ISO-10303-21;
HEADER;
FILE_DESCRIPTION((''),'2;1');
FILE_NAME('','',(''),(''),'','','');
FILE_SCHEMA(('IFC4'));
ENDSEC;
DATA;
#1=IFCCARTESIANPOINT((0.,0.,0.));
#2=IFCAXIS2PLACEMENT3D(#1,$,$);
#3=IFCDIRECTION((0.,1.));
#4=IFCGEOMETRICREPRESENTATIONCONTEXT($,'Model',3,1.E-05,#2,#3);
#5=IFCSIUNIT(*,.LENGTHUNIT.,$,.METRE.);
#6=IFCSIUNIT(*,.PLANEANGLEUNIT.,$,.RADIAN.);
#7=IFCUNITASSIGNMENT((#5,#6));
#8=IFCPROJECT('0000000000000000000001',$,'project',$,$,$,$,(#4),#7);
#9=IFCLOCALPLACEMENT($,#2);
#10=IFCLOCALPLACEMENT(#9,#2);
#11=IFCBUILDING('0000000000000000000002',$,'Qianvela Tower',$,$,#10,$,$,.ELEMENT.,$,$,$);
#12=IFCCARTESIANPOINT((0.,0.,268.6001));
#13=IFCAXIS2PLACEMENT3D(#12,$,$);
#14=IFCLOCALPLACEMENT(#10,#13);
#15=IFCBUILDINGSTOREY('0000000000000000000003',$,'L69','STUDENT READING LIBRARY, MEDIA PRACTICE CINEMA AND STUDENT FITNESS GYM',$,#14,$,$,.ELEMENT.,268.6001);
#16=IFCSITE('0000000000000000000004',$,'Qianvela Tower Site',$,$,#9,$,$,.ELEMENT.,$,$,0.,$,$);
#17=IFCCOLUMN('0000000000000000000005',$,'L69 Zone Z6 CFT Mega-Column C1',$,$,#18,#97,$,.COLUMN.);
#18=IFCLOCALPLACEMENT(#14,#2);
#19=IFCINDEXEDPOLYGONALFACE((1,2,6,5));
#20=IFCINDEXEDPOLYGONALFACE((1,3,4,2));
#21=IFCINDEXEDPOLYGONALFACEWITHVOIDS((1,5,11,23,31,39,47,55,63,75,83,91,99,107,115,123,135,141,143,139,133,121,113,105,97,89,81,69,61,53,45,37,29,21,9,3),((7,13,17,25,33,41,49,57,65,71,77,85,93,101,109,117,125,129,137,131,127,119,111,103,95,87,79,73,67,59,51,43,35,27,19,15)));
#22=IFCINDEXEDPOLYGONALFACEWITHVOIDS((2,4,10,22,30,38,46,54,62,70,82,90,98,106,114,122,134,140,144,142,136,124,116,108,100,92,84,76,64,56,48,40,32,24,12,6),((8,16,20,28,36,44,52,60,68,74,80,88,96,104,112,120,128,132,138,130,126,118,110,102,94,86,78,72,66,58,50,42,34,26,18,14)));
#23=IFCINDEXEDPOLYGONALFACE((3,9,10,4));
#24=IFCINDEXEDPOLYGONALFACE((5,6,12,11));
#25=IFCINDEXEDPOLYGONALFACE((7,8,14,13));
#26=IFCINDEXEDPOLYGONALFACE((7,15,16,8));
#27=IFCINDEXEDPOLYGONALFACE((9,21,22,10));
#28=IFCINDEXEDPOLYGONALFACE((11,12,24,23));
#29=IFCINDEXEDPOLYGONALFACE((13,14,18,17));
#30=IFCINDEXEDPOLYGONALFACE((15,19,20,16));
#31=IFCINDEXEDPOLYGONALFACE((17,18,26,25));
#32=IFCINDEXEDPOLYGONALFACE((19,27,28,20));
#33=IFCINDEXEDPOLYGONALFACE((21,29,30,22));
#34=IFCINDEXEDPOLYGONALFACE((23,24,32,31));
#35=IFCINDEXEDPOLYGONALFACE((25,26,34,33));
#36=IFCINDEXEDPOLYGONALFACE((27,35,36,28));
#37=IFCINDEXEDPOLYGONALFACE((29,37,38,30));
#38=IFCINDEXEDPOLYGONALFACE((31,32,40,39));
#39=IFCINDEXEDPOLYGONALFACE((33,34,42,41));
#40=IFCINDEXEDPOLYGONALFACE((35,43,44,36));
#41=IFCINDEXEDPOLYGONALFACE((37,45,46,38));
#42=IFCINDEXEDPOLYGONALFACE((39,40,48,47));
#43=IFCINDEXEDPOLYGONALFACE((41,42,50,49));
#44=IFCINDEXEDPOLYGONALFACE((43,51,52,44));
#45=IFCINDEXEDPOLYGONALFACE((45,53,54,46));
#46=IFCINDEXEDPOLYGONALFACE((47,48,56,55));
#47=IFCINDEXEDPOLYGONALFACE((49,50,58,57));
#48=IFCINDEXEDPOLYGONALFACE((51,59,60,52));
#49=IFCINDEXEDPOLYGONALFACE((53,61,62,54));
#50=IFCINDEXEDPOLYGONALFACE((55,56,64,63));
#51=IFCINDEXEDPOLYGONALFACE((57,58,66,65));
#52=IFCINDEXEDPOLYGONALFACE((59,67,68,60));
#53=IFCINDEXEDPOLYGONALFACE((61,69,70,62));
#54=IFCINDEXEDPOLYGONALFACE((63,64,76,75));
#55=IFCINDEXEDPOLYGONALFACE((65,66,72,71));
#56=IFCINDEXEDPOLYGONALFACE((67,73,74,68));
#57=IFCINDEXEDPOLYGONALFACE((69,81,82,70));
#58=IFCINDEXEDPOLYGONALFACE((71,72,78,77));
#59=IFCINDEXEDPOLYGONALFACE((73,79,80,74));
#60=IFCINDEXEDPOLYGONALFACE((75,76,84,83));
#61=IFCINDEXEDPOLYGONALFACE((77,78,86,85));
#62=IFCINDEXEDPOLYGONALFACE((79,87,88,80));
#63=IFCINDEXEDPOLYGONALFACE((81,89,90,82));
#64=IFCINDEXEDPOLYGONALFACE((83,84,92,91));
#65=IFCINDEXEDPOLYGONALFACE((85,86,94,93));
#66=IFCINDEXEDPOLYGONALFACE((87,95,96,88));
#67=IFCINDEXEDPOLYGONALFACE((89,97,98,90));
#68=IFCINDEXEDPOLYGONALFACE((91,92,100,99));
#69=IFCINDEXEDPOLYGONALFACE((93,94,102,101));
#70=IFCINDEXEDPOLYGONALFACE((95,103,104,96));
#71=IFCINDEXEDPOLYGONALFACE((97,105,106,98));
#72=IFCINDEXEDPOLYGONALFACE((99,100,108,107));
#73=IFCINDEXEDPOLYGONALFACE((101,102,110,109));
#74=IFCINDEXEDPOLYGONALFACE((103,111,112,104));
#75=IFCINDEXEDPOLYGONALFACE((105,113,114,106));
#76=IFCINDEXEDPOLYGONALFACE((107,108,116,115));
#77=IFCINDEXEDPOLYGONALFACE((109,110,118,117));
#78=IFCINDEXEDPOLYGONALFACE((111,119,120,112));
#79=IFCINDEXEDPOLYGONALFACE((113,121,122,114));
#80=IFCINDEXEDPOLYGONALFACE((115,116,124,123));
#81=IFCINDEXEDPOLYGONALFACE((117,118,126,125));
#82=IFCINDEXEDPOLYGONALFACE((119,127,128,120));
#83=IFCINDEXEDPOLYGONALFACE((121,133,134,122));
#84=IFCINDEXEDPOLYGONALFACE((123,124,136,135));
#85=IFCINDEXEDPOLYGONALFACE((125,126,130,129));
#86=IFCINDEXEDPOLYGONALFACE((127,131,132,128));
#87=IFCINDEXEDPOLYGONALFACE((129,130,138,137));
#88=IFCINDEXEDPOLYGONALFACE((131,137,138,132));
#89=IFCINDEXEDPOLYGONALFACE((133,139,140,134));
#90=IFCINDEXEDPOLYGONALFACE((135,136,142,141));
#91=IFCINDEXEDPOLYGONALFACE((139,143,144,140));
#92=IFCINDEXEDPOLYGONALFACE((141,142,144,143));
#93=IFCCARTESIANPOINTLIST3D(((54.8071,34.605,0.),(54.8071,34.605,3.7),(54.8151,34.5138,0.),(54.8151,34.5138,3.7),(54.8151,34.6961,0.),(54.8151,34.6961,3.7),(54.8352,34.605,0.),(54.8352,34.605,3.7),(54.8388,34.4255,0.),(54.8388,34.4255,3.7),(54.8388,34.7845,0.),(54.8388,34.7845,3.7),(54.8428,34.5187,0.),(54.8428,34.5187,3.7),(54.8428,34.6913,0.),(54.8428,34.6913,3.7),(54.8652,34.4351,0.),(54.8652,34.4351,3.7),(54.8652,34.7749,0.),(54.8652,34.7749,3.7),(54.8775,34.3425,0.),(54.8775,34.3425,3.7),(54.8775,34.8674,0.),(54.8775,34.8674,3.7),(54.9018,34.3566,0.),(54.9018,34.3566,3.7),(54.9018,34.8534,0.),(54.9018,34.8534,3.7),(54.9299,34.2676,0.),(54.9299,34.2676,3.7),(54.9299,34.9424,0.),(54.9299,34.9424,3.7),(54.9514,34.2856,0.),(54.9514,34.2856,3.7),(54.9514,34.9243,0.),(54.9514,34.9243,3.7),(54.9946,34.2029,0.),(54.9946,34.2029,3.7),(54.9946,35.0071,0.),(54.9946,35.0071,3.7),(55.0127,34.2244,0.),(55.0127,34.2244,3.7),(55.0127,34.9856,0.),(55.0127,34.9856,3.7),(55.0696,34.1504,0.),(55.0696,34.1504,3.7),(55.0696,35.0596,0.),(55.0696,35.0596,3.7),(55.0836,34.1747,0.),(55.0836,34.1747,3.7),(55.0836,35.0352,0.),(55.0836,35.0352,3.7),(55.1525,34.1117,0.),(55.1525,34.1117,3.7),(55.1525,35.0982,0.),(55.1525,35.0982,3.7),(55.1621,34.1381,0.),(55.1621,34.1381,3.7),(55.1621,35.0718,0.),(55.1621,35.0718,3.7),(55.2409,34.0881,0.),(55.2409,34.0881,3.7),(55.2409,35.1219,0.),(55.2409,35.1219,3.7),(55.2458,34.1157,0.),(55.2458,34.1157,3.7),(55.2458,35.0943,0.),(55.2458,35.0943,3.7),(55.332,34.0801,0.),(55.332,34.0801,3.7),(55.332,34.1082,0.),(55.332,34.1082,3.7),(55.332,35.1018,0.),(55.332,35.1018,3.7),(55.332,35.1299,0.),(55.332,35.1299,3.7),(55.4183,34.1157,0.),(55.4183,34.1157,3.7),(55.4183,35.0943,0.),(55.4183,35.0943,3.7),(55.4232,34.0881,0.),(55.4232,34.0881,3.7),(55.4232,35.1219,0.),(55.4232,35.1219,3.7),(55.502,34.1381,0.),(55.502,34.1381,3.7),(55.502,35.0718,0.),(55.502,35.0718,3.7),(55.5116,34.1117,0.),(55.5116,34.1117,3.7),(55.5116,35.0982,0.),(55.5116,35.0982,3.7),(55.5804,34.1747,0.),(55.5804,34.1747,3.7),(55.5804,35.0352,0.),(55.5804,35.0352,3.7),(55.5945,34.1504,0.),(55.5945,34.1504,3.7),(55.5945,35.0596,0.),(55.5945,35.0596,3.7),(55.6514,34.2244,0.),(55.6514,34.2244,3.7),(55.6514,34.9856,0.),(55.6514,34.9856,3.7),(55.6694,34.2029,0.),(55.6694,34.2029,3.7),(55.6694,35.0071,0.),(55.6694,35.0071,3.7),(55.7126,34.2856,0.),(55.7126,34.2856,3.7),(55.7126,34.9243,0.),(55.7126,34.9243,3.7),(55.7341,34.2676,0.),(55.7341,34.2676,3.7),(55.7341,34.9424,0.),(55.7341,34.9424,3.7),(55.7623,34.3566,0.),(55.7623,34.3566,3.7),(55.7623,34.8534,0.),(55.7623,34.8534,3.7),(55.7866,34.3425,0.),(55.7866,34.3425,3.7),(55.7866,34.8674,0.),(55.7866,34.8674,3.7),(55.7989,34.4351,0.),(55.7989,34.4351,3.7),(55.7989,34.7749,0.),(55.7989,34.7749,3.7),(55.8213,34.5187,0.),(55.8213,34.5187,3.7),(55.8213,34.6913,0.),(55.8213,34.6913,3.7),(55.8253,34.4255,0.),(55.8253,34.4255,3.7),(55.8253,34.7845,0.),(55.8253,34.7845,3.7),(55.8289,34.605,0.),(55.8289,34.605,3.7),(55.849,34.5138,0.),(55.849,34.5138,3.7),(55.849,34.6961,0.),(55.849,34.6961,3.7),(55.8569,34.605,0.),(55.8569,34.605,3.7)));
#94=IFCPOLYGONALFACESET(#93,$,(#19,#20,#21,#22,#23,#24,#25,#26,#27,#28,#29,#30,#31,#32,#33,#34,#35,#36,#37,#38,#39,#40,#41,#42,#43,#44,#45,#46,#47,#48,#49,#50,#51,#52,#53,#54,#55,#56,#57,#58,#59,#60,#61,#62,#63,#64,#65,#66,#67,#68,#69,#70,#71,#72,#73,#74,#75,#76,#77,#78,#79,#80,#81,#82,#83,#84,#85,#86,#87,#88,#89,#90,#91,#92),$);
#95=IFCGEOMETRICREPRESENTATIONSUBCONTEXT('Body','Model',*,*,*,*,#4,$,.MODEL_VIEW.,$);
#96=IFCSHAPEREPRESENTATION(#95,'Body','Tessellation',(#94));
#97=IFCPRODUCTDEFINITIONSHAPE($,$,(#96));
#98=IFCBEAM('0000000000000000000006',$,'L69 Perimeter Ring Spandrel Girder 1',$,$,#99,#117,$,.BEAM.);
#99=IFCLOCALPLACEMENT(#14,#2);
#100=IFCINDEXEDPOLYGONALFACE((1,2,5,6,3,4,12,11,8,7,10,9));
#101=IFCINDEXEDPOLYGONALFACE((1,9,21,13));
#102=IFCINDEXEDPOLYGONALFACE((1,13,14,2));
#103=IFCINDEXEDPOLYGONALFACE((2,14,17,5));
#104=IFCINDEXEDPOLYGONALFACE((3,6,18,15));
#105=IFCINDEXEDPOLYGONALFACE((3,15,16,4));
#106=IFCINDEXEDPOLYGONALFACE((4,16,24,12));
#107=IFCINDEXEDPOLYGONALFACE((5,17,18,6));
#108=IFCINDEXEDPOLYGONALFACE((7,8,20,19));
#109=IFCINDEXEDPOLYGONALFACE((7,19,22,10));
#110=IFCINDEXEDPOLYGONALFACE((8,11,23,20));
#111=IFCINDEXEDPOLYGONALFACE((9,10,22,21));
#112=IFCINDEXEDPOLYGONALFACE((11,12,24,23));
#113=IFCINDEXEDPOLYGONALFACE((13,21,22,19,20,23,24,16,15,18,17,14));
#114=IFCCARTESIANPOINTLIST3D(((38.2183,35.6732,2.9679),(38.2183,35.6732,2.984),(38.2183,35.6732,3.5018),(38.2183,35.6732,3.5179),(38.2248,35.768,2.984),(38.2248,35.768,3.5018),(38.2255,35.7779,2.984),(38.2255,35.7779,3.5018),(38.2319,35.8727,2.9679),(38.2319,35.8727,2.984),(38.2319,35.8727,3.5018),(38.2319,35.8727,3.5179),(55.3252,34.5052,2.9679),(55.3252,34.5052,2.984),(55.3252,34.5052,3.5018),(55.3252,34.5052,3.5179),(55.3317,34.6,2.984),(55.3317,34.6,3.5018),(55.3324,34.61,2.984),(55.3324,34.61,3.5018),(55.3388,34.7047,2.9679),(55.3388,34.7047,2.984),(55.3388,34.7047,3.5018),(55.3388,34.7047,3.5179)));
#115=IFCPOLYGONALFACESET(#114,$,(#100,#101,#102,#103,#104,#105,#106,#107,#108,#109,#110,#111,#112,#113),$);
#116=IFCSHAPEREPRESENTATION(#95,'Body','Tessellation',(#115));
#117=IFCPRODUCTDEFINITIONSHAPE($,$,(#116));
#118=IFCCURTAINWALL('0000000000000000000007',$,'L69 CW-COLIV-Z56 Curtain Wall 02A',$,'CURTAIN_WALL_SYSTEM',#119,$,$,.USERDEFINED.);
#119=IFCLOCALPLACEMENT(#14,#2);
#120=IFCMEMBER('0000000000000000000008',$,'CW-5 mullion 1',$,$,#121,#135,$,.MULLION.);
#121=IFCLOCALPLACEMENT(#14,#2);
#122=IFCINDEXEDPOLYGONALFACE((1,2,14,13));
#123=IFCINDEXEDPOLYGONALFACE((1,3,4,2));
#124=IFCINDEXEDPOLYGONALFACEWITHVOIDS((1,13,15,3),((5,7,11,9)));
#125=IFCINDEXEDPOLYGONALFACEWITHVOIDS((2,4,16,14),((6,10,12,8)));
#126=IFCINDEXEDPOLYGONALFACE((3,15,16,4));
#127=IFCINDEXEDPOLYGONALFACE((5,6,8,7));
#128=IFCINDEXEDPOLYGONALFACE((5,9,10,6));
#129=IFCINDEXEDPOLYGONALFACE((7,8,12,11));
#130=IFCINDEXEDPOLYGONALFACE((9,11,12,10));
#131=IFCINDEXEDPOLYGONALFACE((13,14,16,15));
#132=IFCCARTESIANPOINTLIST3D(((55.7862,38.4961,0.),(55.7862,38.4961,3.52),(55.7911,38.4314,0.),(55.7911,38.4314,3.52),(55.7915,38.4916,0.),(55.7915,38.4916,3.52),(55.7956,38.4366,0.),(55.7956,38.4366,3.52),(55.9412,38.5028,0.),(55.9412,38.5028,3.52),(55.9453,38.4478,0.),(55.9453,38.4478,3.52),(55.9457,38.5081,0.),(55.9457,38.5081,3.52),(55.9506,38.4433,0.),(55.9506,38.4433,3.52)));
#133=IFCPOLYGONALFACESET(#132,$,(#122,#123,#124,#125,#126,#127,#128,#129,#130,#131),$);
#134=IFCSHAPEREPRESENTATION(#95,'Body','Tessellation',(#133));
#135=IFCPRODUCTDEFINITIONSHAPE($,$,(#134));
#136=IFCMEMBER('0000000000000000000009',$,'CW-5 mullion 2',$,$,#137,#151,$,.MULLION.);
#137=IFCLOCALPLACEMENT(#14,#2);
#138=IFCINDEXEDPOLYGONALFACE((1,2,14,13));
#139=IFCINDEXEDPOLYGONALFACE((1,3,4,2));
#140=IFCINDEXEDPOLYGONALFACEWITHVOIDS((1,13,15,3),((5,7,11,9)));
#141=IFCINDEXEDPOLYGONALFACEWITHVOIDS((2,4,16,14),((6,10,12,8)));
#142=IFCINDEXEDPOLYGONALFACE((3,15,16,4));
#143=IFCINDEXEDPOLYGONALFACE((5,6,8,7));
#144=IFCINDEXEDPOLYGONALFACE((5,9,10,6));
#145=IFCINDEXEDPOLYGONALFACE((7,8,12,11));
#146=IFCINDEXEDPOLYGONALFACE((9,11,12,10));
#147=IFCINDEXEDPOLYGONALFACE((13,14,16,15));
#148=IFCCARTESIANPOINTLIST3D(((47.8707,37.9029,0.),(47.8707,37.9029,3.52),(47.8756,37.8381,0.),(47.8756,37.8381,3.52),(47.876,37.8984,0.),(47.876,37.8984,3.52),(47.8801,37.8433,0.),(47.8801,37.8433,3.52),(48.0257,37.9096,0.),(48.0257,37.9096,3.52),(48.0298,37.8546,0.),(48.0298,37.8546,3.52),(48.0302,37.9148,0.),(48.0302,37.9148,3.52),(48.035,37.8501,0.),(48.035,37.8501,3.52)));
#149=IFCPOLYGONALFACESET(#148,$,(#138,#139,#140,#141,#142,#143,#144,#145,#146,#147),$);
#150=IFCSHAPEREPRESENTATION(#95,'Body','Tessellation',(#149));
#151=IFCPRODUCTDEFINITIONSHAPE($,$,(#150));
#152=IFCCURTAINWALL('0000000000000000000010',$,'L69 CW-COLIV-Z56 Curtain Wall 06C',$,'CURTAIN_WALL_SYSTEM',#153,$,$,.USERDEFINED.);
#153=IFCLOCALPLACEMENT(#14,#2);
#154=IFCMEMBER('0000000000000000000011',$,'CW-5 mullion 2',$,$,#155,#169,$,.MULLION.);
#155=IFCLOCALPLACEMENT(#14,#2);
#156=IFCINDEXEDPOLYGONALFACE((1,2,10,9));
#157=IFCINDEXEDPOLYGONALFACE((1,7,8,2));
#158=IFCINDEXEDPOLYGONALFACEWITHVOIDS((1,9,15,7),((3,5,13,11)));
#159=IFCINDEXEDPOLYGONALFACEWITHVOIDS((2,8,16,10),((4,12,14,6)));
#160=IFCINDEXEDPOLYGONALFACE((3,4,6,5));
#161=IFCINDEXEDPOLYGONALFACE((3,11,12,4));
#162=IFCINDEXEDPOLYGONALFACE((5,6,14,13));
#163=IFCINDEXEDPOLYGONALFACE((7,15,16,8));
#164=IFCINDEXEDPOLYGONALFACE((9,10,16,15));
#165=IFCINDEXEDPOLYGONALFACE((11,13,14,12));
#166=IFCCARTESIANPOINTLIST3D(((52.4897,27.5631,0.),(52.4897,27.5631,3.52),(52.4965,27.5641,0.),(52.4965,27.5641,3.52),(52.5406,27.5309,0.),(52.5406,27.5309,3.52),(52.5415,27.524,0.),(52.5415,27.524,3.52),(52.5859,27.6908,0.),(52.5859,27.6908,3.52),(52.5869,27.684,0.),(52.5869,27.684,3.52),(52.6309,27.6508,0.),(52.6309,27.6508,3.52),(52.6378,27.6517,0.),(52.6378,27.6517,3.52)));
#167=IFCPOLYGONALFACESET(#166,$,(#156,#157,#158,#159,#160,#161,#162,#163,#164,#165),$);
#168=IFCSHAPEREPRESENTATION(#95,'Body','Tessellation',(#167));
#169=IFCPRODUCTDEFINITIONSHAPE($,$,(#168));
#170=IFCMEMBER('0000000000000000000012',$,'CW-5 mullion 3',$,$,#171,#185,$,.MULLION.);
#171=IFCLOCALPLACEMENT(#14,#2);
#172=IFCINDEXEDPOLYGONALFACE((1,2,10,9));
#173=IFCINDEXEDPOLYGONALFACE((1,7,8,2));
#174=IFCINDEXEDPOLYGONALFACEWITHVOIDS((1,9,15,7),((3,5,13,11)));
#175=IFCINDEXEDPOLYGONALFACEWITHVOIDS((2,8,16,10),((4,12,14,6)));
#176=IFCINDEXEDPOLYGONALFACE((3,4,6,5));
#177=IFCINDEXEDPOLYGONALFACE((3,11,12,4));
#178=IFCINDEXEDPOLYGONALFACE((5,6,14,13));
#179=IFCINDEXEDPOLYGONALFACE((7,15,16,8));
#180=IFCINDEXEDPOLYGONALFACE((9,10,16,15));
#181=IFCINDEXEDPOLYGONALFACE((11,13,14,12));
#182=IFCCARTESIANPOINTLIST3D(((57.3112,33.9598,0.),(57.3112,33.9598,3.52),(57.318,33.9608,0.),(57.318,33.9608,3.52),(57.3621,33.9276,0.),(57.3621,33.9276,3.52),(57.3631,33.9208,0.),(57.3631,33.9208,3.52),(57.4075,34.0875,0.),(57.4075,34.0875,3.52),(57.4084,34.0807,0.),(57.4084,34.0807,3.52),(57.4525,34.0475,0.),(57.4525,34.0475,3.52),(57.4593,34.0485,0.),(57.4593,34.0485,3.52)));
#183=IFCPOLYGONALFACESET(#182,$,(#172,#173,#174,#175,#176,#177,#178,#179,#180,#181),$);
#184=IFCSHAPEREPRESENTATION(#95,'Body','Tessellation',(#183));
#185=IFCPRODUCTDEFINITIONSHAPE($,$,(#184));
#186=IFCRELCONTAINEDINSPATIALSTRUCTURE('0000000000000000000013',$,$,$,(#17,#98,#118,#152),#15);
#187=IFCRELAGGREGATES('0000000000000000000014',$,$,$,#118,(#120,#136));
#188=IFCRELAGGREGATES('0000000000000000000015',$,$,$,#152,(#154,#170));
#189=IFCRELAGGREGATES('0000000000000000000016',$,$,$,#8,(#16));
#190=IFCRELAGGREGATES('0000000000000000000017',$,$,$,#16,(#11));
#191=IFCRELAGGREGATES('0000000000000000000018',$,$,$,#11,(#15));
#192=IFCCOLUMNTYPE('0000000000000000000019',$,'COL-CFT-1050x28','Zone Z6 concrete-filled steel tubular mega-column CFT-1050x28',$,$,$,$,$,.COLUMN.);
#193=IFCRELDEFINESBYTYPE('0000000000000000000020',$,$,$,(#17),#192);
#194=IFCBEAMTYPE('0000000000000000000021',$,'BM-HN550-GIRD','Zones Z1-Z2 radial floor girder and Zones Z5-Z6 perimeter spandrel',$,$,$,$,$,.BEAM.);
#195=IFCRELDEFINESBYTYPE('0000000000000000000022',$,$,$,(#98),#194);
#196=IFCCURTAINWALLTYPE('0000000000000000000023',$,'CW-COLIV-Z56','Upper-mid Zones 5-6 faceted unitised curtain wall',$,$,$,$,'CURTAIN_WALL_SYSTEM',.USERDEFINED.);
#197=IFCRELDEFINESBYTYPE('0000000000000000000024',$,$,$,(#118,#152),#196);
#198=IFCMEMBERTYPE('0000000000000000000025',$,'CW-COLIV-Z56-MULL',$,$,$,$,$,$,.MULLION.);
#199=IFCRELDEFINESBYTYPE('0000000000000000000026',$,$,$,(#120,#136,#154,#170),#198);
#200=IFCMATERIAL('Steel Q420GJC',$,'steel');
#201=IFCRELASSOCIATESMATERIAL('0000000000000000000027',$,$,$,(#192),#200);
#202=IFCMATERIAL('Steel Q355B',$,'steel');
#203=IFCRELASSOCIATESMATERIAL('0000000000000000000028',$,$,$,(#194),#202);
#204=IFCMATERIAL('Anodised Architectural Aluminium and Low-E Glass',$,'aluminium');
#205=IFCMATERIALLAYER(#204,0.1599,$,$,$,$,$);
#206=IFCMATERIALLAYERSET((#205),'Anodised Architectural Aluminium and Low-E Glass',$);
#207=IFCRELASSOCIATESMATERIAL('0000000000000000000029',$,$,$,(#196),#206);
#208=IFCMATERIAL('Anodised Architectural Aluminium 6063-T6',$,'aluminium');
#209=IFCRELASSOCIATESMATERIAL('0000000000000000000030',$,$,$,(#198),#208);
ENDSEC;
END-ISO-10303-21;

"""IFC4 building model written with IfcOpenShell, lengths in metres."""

from ifc_helpers import new_model, si_unit, direction, frame, origin, origin_2d, place, context, subcontext, project, spatial, hollow_rectangle, hollow_circle, i_section, extrude, material, layer, layer_set, material_profile, profile_set, type_object, element, aggregate, save


model = new_model("IFC4")

# Units and contexts
model_context = context("Model", 3, precision=1e-05, world=origin(), true_north=direction((0.0, 1.0)))
body_context = subcontext(model_context, "Body", "Model", "MODEL_VIEW")
ifc_project = project(units=[si_unit("LENGTHUNIT", "METRE"), si_unit("PLANEANGLEUNIT", "RADIAN")], contexts=[model_context])

# Site, building, storey
site_placement = place(None, origin())
site = spatial("IfcSite", under=ifc_project, at=site_placement, Name="Qianvela Tower Site", CompositionType="ELEMENT", RefElevation=0.0)
building_placement = place(site_placement, origin())
building = spatial("IfcBuilding", under=site, at=building_placement, Name="Qianvela Tower", CompositionType="ELEMENT")
storey_placement = place(building_placement, frame((0.0, 0.0, 268.6001)))
storey = spatial("IfcBuildingStorey", under=building, at=storey_placement, Name="L69", Description="STUDENT READING LIBRARY, MEDIA PRACTICE CINEMA AND STUDENT FITNESS GYM", CompositionType="ELEMENT", Elevation=268.6001)

# Column
ifc_material_1 = material(Name="Steel Q420GJC", Category="steel")
ifc_material_profile_1 = material_profile(ifc_material_1, hollow_circle(Radius=0.5249, WallThickness=0.0281, at=origin_2d()), Name="CFT-1050x28")
ifc_profile_set_1 = profile_set([ifc_material_profile_1], Name="Steel Q420GJC")
column_type = type_object("IfcColumnType", Name="COL-CFT-1050x28", Description="Zone Z6 concrete-filled steel tubular mega-column CFT-1050x28", PredefinedType="COLUMN", material=ifc_profile_set_1)
column_placement = place(storey_placement, frame((55.332, 34.605, 0.0), z_axis=(0.0, 0.0, 1.0), x_axis=(1.0, 0.0, 0.0)))
element("IfcColumn", 1, at=column_placement, inside=storey, type_object=column_type, Name="L69 Zone Z6 CFT Mega-Column C1", PredefinedType="COLUMN", context=body_context, shape_type="SweptSolid", body=[
    extrude(hollow_circle(Radius=0.5249, WallThickness=0.0281, at=origin_2d()), origin(), (0.0, 0.0, 1.0), 3.7),
])

# Beam
ifc_material_2 = material(Name="Steel Q355B", Category="steel")
ifc_material_profile_2 = material_profile(ifc_material_2, i_section(OverallWidth=0.2, OverallDepth=0.55, WebThickness=0.01, FlangeThickness=0.0161, at=origin_2d()), Name="HN550x200x10x16")
ifc_profile_set_2 = profile_set([ifc_material_profile_2], Name="Steel Q355B")
beam_type = type_object("IfcBeamType", Name="BM-HN550-GIRD", Description="Zones Z1-Z2 radial floor girder and Zones Z5-Z6 perimeter spandrel", PredefinedType="BEAM", material=ifc_profile_set_2)
beam_placement = place(storey_placement, frame((55.332, 34.605, 3.2429), z_axis=(-0.997677, 0.068116, 0.0), x_axis=(-0.068116, -0.997677, 0.0)))
element("IfcBeam", 2, at=beam_placement, inside=storey, type_object=beam_type, Name="L69 Perimeter Ring Spandrel Girder 1", PredefinedType="BEAM", context=body_context, shape_type="SweptSolid", body=[
    extrude(i_section(OverallWidth=0.2, OverallDepth=0.55, WebThickness=0.01, FlangeThickness=0.0161, at=origin_2d()), origin(), (0.0, 0.0, 1.0), 17.1467),
])

# Curtain walls, members
ifc_material_3 = material(Name="Anodised Architectural Aluminium and Low-E Glass", Category="aluminium")
ifc_layer_1 = layer(ifc_material_3, 0.1599)
ifc_layer_set_1 = layer_set([ifc_layer_1], Name="Anodised Architectural Aluminium and Low-E Glass")
curtain_wall_type = type_object("IfcCurtainWallType", Name="CW-COLIV-Z56", Description="Upper-mid Zones 5-6 faceted unitised curtain wall", ElementType="CURTAIN_WALL_SYSTEM", PredefinedType="USERDEFINED", material=ifc_layer_set_1)
curtain_wall_1_placement = place(storey_placement, origin())
curtain_wall_1 = element("IfcCurtainWall", 3, at=curtain_wall_1_placement, inside=storey, type_object=curtain_wall_type, Name="L69 CW-COLIV-Z56 Curtain Wall 02A", ObjectType="CURTAIN_WALL_SYSTEM", PredefinedType="USERDEFINED")
ifc_material_4 = material(Name="Anodised Architectural Aluminium 6063-T6", Category="aluminium")
ifc_material_profile_3 = material_profile(ifc_material_4, hollow_rectangle(XDim=0.0649, YDim=0.1599, WallThickness=0.0049, at=origin_2d()), Name="ALU-MULL-65x160")
ifc_profile_set_3 = profile_set([ifc_material_profile_3], Name="Anodised Architectural Aluminium 6063-T6")
member_type_1 = type_object("IfcMemberType", Name="CW-COLIV-Z56-MULL", PredefinedType="MULLION", material=ifc_profile_set_3)
member_1_placement = place(storey_placement, frame((55.8684, 38.4697, 0.0), z_axis=(0.0, 0.0, 1.0), x_axis=(0.074755, -0.997202, 0.0)))
member_1 = element("IfcMember", 4, at=member_1_placement, type_object=member_type_1, Name="CW-5 mullion 1", PredefinedType="MULLION", context=body_context, shape_type="SweptSolid", body=[
    extrude(hollow_rectangle(XDim=0.0649, YDim=0.1599, WallThickness=0.0049, at=origin_2d()), origin(), (0.0, 0.0, 1.0), 3.52),
])
member_2_placement = place(storey_placement, frame((47.9529, 37.8765, 0.0), z_axis=(0.0, 0.0, 1.0), x_axis=(0.074755, -0.997202, 0.0)))
member_2 = element("IfcMember", 5, at=member_2_placement, type_object=member_type_1, Name="CW-5 mullion 2", PredefinedType="MULLION", context=body_context, shape_type="SweptSolid", body=[
    extrude(hollow_rectangle(XDim=0.0649, YDim=0.1599, WallThickness=0.0049, at=origin_2d()), origin(), (0.0, 0.0, 1.0), 3.52),
])
curtain_wall_2_placement = place(storey_placement, origin())
curtain_wall_2 = element("IfcCurtainWall", 6, at=curtain_wall_2_placement, inside=storey, type_object=curtain_wall_type, Name="L69 CW-COLIV-Z56 Curtain Wall 06C", ObjectType="CURTAIN_WALL_SYSTEM", PredefinedType="USERDEFINED")
member_3_placement = place(storey_placement, frame((52.5637, 27.6074, 0.0), z_axis=(0.0, 0.0, 1.0), x_axis=(-0.798563, 0.601911, 0.0)))
member_3 = element("IfcMember", 7, at=member_3_placement, type_object=member_type_1, Name="CW-5 mullion 2", PredefinedType="MULLION", context=body_context, shape_type="SweptSolid", body=[
    extrude(hollow_rectangle(XDim=0.0649, YDim=0.1599, WallThickness=0.0049, at=origin_2d()), origin(), (0.0, 0.0, 1.0), 3.52),
])
member_4_placement = place(storey_placement, frame((57.3853, 34.0042, 0.0), z_axis=(0.0, 0.0, 1.0), x_axis=(-0.798563, 0.601911, 0.0)))
member_4 = element("IfcMember", 8, at=member_4_placement, type_object=member_type_1, Name="CW-5 mullion 3", PredefinedType="MULLION", context=body_context, shape_type="SweptSolid", body=[
    extrude(hollow_rectangle(XDim=0.0649, YDim=0.1599, WallThickness=0.0049, at=origin_2d()), origin(), (0.0, 0.0, 1.0), 3.52),
])

aggregate(curtain_wall_1, [member_1, member_2])
aggregate(curtain_wall_2, [member_3, member_4])

save(model, "model.ifc")
